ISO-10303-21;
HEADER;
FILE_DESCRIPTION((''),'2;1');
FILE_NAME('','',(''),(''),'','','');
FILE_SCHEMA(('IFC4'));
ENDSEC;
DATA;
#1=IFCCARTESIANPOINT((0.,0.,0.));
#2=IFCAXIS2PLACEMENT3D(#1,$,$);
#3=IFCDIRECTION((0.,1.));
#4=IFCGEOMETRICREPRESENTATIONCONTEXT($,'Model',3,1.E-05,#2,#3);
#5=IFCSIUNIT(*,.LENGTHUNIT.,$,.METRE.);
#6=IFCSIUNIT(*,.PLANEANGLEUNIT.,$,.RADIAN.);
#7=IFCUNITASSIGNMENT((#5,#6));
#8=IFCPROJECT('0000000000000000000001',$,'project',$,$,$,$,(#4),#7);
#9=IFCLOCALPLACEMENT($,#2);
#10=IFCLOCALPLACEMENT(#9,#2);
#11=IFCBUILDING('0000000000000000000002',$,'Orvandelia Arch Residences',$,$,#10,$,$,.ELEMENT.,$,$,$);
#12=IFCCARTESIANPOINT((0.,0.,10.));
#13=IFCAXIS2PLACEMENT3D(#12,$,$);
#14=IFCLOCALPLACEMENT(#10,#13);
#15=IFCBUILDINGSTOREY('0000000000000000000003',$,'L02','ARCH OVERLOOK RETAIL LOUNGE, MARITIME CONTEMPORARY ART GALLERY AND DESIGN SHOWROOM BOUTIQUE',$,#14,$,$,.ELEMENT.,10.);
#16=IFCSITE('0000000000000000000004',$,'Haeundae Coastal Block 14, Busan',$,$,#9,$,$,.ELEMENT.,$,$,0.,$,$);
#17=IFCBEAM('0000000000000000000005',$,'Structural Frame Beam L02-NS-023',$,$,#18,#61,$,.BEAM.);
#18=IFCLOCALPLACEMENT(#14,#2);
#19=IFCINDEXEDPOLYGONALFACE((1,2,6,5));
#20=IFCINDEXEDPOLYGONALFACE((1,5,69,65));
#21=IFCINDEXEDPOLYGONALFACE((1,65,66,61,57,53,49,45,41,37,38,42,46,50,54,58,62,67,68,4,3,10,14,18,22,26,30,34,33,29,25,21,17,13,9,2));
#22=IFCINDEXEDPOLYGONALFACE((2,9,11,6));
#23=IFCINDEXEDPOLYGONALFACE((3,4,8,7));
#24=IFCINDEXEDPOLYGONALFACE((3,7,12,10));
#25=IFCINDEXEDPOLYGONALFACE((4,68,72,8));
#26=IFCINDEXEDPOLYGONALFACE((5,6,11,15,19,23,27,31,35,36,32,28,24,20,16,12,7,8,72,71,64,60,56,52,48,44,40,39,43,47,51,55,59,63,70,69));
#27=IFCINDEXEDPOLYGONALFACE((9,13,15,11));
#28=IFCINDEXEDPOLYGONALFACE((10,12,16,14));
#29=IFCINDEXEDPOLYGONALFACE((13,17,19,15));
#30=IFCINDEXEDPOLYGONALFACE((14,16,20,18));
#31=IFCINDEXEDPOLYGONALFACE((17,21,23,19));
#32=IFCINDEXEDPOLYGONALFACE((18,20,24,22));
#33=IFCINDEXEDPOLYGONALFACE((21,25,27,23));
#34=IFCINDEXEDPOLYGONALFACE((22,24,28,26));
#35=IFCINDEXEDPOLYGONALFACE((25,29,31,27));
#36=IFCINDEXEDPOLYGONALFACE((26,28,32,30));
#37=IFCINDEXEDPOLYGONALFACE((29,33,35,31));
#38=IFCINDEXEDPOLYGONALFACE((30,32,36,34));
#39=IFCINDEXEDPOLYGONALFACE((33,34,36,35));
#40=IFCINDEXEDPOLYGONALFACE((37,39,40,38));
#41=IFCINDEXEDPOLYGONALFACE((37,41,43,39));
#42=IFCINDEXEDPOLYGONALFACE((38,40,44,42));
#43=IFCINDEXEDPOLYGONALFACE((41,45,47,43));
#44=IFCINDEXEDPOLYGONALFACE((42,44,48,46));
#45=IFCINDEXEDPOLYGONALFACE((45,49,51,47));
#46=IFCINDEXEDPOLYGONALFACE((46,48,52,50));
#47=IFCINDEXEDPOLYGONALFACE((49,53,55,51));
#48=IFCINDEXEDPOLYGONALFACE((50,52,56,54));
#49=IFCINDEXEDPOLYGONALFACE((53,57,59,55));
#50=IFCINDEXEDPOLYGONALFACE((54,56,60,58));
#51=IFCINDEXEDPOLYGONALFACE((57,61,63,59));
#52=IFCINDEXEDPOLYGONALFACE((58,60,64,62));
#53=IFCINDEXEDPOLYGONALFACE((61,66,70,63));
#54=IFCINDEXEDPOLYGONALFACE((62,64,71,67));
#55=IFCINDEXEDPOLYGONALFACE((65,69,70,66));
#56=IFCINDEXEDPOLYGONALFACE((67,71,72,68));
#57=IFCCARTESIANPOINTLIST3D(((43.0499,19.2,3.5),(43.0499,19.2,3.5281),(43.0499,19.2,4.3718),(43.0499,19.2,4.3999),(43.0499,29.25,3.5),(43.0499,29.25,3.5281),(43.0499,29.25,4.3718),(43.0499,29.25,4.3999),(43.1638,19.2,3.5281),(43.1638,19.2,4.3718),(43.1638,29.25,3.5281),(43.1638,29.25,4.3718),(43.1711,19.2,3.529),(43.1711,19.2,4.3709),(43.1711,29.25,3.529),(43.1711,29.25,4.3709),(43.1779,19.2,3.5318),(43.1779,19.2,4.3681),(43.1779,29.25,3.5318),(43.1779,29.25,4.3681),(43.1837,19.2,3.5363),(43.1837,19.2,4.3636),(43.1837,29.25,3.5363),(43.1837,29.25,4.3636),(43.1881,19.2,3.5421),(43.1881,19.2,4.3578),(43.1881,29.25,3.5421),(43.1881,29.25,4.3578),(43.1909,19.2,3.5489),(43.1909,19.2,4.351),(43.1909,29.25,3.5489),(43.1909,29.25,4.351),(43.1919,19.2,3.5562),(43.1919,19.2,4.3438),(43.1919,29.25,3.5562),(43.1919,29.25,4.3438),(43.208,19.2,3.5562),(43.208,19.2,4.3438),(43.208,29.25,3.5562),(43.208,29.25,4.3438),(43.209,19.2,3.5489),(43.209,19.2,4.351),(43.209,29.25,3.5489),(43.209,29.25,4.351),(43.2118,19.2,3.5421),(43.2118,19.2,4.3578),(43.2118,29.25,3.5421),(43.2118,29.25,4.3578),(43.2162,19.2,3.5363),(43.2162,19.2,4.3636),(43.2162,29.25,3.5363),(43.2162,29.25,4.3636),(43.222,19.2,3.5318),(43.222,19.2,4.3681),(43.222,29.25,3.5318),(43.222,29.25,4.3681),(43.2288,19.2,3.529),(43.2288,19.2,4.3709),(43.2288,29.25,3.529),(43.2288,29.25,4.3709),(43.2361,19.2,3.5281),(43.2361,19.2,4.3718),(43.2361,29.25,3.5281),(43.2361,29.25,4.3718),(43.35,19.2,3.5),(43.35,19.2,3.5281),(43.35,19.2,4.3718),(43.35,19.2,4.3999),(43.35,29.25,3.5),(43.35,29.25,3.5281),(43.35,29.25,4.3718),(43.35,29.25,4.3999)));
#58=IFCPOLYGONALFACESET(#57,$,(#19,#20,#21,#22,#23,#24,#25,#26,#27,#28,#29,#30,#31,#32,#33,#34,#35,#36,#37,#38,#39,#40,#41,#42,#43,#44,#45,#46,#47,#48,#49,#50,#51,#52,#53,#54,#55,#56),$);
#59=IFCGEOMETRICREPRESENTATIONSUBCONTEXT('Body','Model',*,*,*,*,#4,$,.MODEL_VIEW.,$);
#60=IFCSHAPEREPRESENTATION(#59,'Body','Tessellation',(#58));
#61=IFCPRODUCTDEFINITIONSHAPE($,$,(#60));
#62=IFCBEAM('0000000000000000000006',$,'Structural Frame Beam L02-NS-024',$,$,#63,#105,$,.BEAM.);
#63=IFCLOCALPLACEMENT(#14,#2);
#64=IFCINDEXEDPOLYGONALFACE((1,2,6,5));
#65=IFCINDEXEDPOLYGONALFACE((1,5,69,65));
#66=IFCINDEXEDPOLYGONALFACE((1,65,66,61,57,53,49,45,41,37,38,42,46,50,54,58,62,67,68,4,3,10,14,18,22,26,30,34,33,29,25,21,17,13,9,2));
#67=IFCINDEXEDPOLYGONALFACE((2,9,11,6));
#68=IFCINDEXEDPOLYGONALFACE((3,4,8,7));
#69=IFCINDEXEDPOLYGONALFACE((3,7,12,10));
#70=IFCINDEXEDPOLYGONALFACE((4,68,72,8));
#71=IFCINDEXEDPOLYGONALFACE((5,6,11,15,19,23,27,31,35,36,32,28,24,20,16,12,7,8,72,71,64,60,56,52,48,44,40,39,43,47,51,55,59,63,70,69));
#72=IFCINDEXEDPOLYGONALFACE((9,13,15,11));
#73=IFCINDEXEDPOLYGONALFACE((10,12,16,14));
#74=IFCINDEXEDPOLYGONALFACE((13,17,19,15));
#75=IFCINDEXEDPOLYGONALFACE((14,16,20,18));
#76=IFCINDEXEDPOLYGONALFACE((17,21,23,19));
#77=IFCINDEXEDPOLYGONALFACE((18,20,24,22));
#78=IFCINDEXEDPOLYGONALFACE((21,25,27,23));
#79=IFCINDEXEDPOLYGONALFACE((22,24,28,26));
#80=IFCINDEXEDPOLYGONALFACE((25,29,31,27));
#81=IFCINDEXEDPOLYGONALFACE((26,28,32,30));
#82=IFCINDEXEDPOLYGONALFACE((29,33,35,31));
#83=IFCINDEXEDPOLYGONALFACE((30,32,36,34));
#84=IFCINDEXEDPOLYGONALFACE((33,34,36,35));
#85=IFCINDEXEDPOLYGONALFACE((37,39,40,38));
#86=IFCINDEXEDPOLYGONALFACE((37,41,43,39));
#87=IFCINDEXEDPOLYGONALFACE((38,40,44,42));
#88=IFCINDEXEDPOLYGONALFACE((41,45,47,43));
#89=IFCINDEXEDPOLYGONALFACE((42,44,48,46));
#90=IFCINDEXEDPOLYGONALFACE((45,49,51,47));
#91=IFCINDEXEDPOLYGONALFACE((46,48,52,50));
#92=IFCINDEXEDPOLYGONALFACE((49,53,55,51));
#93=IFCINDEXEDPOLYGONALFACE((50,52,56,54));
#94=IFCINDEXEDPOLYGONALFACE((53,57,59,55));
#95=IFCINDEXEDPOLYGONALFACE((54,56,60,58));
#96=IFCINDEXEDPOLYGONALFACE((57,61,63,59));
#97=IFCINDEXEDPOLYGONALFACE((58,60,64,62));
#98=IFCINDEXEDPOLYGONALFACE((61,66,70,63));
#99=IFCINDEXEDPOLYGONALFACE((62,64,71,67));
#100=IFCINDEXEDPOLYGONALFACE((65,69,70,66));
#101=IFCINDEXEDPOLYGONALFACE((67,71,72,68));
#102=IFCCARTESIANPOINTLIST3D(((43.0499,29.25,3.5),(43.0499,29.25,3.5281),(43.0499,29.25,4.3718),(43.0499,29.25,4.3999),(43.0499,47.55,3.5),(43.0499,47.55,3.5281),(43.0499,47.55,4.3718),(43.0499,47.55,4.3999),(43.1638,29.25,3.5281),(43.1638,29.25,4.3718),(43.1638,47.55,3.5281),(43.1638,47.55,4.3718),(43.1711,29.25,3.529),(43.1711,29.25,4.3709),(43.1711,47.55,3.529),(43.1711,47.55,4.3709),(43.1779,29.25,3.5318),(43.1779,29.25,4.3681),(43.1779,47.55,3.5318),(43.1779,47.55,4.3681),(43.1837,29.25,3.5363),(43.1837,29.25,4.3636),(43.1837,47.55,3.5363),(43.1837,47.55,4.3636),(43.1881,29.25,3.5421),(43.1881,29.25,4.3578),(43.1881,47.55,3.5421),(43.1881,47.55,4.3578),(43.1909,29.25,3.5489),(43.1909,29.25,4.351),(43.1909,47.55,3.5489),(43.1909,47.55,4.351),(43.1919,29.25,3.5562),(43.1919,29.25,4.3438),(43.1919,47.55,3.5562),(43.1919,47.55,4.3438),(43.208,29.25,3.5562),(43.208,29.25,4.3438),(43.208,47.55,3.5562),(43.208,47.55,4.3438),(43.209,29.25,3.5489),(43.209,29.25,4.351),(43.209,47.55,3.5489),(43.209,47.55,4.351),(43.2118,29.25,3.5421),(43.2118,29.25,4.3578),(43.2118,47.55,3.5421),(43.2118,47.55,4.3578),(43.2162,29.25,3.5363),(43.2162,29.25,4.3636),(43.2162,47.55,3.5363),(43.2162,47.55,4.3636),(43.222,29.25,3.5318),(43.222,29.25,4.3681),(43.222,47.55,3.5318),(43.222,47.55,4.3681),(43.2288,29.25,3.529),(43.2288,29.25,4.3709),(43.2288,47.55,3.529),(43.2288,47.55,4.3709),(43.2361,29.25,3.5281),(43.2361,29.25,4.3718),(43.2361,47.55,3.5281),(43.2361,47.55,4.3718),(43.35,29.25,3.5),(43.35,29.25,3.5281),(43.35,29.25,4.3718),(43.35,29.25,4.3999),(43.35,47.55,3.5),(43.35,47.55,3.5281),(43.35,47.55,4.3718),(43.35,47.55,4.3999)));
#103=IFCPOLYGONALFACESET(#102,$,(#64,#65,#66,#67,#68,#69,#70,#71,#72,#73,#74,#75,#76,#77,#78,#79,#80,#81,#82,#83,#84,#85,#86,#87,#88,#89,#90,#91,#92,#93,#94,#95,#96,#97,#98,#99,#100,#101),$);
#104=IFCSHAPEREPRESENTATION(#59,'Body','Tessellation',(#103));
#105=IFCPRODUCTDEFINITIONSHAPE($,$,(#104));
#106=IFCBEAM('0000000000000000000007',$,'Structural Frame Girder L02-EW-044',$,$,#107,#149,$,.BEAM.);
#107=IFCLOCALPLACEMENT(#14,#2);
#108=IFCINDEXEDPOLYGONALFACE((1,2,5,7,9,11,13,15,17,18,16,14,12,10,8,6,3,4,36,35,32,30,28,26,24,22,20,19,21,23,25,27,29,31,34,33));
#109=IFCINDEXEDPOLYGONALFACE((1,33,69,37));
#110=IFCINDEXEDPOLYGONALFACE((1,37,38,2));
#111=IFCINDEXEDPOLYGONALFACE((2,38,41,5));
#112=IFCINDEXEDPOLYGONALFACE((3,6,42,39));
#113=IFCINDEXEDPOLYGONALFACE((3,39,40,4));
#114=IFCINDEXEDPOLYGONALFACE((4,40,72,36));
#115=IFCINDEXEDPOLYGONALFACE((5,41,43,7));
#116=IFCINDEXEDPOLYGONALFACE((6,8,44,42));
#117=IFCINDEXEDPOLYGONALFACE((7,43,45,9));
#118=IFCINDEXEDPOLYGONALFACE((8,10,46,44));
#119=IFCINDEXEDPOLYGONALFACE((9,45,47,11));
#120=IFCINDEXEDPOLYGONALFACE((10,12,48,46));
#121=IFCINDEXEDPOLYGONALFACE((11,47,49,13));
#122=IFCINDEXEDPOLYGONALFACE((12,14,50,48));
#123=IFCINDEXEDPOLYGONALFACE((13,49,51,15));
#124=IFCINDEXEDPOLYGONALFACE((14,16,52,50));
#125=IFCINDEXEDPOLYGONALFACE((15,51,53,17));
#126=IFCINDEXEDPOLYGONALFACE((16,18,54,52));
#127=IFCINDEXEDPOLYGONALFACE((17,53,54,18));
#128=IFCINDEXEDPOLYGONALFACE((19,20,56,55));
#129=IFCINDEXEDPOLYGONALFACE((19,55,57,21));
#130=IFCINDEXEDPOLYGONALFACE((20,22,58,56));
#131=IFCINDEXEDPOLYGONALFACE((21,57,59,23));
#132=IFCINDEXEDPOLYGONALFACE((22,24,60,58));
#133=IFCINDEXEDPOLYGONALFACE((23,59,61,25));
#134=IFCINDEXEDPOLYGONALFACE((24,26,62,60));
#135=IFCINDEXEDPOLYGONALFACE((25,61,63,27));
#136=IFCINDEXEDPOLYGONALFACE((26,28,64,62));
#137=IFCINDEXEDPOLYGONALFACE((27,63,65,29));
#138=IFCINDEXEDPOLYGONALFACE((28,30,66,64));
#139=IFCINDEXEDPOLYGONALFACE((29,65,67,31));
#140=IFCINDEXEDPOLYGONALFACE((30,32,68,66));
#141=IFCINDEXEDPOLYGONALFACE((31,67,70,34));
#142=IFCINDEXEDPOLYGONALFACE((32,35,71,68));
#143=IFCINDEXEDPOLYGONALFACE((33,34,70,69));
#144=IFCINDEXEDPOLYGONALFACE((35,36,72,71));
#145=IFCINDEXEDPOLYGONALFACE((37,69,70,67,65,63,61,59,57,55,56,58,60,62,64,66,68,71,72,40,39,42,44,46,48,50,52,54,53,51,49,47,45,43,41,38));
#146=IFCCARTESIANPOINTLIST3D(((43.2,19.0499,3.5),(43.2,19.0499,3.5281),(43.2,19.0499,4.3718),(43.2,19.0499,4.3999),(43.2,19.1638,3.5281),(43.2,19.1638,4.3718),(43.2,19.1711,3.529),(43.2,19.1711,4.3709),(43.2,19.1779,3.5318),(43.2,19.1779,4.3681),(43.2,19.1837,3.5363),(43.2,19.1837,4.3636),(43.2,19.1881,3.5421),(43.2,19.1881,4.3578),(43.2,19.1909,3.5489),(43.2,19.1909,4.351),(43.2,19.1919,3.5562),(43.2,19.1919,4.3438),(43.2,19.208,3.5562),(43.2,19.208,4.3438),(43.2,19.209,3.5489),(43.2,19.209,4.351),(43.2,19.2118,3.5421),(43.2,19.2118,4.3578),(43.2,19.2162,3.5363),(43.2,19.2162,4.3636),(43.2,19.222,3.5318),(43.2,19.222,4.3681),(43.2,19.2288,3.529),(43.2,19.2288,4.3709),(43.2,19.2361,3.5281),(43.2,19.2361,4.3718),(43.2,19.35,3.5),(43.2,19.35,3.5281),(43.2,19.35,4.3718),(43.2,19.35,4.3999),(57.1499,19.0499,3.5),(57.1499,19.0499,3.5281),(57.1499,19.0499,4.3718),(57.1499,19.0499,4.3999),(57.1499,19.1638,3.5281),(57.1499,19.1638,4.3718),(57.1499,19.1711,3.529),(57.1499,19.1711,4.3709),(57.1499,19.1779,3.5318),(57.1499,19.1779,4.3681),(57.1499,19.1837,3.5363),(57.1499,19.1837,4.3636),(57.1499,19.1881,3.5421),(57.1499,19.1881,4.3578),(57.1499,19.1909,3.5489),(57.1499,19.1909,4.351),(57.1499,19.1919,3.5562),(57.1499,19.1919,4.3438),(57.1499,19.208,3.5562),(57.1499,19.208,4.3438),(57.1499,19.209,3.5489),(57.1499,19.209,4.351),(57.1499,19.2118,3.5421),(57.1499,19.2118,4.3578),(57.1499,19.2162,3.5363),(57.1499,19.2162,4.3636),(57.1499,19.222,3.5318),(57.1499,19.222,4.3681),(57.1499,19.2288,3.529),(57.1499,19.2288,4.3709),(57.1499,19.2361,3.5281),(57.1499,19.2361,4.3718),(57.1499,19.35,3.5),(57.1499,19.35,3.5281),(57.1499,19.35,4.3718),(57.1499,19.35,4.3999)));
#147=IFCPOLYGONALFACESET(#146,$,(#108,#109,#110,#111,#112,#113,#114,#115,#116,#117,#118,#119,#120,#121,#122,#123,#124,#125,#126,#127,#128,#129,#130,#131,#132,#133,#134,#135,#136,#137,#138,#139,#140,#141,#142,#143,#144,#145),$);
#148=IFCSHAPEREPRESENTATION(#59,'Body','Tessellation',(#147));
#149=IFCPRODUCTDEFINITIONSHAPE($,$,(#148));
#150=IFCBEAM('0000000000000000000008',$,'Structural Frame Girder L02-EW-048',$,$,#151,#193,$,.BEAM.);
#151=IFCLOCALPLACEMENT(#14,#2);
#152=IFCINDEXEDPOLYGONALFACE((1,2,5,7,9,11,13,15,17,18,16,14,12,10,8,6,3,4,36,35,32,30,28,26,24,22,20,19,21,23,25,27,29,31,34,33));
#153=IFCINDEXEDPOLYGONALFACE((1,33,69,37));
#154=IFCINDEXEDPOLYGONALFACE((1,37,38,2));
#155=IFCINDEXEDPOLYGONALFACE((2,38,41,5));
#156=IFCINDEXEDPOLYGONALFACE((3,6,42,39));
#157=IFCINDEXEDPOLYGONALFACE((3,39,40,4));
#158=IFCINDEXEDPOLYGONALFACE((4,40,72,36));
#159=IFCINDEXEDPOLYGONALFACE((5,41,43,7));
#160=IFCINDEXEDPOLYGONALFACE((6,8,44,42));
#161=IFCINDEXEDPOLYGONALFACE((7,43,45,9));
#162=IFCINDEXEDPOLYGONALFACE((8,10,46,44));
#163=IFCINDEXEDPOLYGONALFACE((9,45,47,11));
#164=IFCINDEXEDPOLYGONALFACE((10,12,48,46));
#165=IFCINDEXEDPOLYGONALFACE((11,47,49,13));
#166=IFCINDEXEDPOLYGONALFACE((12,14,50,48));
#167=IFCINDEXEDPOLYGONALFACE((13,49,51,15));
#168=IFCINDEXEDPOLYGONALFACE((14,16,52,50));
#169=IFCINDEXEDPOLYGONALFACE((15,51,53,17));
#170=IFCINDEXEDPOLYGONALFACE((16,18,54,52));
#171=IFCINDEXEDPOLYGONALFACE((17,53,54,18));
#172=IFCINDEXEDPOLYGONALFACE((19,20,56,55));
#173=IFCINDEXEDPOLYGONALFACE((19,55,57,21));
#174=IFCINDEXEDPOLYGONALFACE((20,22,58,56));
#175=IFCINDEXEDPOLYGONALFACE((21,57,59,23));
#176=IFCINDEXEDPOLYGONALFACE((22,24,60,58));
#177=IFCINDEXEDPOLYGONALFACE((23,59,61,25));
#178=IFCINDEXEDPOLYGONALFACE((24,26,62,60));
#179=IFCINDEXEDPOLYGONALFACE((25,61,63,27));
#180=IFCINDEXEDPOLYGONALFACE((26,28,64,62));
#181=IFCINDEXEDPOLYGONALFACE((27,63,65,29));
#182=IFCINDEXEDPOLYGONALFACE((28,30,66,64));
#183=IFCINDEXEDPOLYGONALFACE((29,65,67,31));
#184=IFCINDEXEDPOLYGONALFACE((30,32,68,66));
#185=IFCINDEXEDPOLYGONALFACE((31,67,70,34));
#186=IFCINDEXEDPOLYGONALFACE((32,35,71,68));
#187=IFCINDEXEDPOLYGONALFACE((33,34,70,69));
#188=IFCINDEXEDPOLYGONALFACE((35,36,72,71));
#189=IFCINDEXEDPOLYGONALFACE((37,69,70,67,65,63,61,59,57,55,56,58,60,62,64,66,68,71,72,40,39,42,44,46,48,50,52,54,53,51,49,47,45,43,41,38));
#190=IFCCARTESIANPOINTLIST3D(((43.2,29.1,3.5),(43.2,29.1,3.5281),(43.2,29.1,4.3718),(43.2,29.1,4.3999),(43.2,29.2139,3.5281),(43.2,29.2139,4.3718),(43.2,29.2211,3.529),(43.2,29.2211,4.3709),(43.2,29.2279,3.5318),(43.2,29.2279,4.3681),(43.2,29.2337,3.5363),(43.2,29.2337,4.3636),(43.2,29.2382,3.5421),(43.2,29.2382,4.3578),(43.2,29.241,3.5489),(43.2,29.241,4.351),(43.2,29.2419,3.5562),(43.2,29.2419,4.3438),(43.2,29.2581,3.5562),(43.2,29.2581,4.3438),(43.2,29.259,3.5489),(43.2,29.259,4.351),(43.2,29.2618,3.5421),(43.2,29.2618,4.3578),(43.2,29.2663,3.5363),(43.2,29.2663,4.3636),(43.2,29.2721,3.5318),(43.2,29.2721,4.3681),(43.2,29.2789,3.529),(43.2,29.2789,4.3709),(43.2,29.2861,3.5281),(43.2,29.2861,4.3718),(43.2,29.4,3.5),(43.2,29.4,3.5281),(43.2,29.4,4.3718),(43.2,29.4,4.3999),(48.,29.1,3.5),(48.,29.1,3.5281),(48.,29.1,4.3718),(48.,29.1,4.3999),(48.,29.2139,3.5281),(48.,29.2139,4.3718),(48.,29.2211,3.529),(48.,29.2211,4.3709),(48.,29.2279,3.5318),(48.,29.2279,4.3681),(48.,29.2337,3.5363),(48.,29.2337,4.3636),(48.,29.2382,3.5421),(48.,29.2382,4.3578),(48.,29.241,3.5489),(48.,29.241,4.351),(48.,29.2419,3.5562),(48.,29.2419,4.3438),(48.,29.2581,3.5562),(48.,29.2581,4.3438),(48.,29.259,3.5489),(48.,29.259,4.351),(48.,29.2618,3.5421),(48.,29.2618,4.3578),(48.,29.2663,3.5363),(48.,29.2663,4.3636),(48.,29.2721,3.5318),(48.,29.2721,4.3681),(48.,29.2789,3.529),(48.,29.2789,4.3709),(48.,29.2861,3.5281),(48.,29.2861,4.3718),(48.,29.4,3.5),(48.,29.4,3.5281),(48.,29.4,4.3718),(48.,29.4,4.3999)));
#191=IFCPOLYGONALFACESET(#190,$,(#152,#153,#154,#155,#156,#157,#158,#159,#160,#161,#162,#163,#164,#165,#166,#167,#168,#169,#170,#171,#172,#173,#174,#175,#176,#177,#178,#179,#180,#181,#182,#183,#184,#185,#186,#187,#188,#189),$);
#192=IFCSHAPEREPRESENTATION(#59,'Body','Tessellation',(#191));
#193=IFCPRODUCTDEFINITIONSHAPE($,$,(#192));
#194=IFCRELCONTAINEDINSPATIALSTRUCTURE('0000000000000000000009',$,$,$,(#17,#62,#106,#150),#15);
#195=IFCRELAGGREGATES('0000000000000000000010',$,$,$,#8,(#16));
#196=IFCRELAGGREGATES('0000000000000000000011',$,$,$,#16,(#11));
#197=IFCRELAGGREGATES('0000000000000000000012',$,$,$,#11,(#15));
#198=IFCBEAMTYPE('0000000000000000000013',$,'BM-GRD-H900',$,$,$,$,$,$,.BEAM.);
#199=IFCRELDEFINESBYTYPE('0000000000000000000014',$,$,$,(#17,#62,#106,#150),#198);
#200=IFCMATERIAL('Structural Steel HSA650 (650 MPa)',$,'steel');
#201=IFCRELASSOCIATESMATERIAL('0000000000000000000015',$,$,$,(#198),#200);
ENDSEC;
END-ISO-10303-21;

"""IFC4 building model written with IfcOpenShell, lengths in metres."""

from ifc_helpers import new_model, si_unit, direction, frame, origin, origin_2d, place, context, subcontext, project, spatial, i_section, extrude, material, material_profile, profile_set, type_object, element, save


model = new_model("IFC4")

# Units and contexts
model_context = context("Model", 3, precision=1e-05, world=origin(), true_north=direction((0.0, 1.0)))
body_context = subcontext(model_context, "Body", "Model", "MODEL_VIEW")
ifc_project = project(units=[si_unit("LENGTHUNIT", "METRE"), si_unit("PLANEANGLEUNIT", "RADIAN")], contexts=[model_context])

# Site, building, storey
site_placement = place(None, origin())
site = spatial("IfcSite", under=ifc_project, at=site_placement, Name="Haeundae Coastal Block 14, Busan", CompositionType="ELEMENT", RefElevation=0.0)
building_placement = place(site_placement, origin())
building = spatial("IfcBuilding", under=site, at=building_placement, Name="Orvandelia Arch Residences", CompositionType="ELEMENT")
storey_placement = place(building_placement, frame((0.0, 0.0, 10.0)))
storey = spatial("IfcBuildingStorey", under=building, at=storey_placement, Name="L02", Description="ARCH OVERLOOK RETAIL LOUNGE, MARITIME CONTEMPORARY ART GALLERY AND DESIGN SHOWROOM BOUTIQUE", CompositionType="ELEMENT", Elevation=10.0)

# Beams
ifc_material_1 = material(Name="Structural Steel HSA650 (650 MPa)", Category="steel")
ifc_material_profile_1 = material_profile(ifc_material_1, i_section(OverallWidth=0.3, OverallDepth=0.8999, WebThickness=0.0161, FlangeThickness=0.0281, FilletRadius=0.0281, at=origin_2d()), Name="Structural Steel HSA650 (650 MPa)", Category="steel")
ifc_profile_set_1 = profile_set([ifc_material_profile_1], Name="Structural Steel HSA650 (650 MPa)")
beam_type_1 = type_object("IfcBeamType", Name="BM-GRD-H900", PredefinedType="BEAM", material=ifc_profile_set_1)
beam_1_placement = place(storey_placement, frame((43.2, 19.2, 3.95), z_axis=(0.0, 1.0, 0.0), x_axis=(-1.0, 0.0, 0.0)))
element("IfcBeam", 1, at=beam_1_placement, inside=storey, type_object=beam_type_1, Name="Structural Frame Beam L02-NS-023", PredefinedType="BEAM", context=body_context, shape_type="SweptSolid", body=[
    extrude(i_section(OverallWidth=0.3, OverallDepth=0.8999, WebThickness=0.0161, FlangeThickness=0.0281, FilletRadius=0.0281, at=origin_2d()), origin(), (0.0, 0.0, 1.0), 10.05),
])
beam_2_placement = place(storey_placement, frame((43.2, 29.25, 3.95), z_axis=(0.0, 1.0, 0.0), x_axis=(-1.0, 0.0, 0.0)))
element("IfcBeam", 2, at=beam_2_placement, inside=storey, type_object=beam_type_1, Name="Structural Frame Beam L02-NS-024", PredefinedType="BEAM", context=body_context, shape_type="SweptSolid", body=[
    extrude(i_section(OverallWidth=0.3, OverallDepth=0.8999, WebThickness=0.0161, FlangeThickness=0.0281, FilletRadius=0.0281, at=origin_2d()), origin(), (0.0, 0.0, 1.0), 18.3),
])
beam_3_placement = place(storey_placement, frame((43.2, 19.2, 3.95), z_axis=(1.0, 0.0, 0.0), x_axis=(0.0, 1.0, 0.0)))
element("IfcBeam", 3, at=beam_3_placement, inside=storey, type_object=beam_type_1, Name="Structural Frame Girder L02-EW-044", PredefinedType="BEAM", context=body_context, shape_type="SweptSolid", body=[
    extrude(i_section(OverallWidth=0.3, OverallDepth=0.8999, WebThickness=0.0161, FlangeThickness=0.0281, FilletRadius=0.0281, at=origin_2d()), origin(), (0.0, 0.0, 1.0), 13.95),
])
beam_4_placement = place(storey_placement, frame((43.2, 29.25, 3.95), z_axis=(1.0, 0.0, 0.0), x_axis=(0.0, 1.0, 0.0)))
element("IfcBeam", 4, at=beam_4_placement, inside=storey, type_object=beam_type_1, Name="Structural Frame Girder L02-EW-048", PredefinedType="BEAM", context=body_context, shape_type="SweptSolid", body=[
    extrude(i_section(OverallWidth=0.3, OverallDepth=0.8999, WebThickness=0.0161, FlangeThickness=0.0281, FilletRadius=0.0281, at=origin_2d()), origin(), (0.0, 0.0, 1.0), 4.8),
])

save(model, "model.ifc")
